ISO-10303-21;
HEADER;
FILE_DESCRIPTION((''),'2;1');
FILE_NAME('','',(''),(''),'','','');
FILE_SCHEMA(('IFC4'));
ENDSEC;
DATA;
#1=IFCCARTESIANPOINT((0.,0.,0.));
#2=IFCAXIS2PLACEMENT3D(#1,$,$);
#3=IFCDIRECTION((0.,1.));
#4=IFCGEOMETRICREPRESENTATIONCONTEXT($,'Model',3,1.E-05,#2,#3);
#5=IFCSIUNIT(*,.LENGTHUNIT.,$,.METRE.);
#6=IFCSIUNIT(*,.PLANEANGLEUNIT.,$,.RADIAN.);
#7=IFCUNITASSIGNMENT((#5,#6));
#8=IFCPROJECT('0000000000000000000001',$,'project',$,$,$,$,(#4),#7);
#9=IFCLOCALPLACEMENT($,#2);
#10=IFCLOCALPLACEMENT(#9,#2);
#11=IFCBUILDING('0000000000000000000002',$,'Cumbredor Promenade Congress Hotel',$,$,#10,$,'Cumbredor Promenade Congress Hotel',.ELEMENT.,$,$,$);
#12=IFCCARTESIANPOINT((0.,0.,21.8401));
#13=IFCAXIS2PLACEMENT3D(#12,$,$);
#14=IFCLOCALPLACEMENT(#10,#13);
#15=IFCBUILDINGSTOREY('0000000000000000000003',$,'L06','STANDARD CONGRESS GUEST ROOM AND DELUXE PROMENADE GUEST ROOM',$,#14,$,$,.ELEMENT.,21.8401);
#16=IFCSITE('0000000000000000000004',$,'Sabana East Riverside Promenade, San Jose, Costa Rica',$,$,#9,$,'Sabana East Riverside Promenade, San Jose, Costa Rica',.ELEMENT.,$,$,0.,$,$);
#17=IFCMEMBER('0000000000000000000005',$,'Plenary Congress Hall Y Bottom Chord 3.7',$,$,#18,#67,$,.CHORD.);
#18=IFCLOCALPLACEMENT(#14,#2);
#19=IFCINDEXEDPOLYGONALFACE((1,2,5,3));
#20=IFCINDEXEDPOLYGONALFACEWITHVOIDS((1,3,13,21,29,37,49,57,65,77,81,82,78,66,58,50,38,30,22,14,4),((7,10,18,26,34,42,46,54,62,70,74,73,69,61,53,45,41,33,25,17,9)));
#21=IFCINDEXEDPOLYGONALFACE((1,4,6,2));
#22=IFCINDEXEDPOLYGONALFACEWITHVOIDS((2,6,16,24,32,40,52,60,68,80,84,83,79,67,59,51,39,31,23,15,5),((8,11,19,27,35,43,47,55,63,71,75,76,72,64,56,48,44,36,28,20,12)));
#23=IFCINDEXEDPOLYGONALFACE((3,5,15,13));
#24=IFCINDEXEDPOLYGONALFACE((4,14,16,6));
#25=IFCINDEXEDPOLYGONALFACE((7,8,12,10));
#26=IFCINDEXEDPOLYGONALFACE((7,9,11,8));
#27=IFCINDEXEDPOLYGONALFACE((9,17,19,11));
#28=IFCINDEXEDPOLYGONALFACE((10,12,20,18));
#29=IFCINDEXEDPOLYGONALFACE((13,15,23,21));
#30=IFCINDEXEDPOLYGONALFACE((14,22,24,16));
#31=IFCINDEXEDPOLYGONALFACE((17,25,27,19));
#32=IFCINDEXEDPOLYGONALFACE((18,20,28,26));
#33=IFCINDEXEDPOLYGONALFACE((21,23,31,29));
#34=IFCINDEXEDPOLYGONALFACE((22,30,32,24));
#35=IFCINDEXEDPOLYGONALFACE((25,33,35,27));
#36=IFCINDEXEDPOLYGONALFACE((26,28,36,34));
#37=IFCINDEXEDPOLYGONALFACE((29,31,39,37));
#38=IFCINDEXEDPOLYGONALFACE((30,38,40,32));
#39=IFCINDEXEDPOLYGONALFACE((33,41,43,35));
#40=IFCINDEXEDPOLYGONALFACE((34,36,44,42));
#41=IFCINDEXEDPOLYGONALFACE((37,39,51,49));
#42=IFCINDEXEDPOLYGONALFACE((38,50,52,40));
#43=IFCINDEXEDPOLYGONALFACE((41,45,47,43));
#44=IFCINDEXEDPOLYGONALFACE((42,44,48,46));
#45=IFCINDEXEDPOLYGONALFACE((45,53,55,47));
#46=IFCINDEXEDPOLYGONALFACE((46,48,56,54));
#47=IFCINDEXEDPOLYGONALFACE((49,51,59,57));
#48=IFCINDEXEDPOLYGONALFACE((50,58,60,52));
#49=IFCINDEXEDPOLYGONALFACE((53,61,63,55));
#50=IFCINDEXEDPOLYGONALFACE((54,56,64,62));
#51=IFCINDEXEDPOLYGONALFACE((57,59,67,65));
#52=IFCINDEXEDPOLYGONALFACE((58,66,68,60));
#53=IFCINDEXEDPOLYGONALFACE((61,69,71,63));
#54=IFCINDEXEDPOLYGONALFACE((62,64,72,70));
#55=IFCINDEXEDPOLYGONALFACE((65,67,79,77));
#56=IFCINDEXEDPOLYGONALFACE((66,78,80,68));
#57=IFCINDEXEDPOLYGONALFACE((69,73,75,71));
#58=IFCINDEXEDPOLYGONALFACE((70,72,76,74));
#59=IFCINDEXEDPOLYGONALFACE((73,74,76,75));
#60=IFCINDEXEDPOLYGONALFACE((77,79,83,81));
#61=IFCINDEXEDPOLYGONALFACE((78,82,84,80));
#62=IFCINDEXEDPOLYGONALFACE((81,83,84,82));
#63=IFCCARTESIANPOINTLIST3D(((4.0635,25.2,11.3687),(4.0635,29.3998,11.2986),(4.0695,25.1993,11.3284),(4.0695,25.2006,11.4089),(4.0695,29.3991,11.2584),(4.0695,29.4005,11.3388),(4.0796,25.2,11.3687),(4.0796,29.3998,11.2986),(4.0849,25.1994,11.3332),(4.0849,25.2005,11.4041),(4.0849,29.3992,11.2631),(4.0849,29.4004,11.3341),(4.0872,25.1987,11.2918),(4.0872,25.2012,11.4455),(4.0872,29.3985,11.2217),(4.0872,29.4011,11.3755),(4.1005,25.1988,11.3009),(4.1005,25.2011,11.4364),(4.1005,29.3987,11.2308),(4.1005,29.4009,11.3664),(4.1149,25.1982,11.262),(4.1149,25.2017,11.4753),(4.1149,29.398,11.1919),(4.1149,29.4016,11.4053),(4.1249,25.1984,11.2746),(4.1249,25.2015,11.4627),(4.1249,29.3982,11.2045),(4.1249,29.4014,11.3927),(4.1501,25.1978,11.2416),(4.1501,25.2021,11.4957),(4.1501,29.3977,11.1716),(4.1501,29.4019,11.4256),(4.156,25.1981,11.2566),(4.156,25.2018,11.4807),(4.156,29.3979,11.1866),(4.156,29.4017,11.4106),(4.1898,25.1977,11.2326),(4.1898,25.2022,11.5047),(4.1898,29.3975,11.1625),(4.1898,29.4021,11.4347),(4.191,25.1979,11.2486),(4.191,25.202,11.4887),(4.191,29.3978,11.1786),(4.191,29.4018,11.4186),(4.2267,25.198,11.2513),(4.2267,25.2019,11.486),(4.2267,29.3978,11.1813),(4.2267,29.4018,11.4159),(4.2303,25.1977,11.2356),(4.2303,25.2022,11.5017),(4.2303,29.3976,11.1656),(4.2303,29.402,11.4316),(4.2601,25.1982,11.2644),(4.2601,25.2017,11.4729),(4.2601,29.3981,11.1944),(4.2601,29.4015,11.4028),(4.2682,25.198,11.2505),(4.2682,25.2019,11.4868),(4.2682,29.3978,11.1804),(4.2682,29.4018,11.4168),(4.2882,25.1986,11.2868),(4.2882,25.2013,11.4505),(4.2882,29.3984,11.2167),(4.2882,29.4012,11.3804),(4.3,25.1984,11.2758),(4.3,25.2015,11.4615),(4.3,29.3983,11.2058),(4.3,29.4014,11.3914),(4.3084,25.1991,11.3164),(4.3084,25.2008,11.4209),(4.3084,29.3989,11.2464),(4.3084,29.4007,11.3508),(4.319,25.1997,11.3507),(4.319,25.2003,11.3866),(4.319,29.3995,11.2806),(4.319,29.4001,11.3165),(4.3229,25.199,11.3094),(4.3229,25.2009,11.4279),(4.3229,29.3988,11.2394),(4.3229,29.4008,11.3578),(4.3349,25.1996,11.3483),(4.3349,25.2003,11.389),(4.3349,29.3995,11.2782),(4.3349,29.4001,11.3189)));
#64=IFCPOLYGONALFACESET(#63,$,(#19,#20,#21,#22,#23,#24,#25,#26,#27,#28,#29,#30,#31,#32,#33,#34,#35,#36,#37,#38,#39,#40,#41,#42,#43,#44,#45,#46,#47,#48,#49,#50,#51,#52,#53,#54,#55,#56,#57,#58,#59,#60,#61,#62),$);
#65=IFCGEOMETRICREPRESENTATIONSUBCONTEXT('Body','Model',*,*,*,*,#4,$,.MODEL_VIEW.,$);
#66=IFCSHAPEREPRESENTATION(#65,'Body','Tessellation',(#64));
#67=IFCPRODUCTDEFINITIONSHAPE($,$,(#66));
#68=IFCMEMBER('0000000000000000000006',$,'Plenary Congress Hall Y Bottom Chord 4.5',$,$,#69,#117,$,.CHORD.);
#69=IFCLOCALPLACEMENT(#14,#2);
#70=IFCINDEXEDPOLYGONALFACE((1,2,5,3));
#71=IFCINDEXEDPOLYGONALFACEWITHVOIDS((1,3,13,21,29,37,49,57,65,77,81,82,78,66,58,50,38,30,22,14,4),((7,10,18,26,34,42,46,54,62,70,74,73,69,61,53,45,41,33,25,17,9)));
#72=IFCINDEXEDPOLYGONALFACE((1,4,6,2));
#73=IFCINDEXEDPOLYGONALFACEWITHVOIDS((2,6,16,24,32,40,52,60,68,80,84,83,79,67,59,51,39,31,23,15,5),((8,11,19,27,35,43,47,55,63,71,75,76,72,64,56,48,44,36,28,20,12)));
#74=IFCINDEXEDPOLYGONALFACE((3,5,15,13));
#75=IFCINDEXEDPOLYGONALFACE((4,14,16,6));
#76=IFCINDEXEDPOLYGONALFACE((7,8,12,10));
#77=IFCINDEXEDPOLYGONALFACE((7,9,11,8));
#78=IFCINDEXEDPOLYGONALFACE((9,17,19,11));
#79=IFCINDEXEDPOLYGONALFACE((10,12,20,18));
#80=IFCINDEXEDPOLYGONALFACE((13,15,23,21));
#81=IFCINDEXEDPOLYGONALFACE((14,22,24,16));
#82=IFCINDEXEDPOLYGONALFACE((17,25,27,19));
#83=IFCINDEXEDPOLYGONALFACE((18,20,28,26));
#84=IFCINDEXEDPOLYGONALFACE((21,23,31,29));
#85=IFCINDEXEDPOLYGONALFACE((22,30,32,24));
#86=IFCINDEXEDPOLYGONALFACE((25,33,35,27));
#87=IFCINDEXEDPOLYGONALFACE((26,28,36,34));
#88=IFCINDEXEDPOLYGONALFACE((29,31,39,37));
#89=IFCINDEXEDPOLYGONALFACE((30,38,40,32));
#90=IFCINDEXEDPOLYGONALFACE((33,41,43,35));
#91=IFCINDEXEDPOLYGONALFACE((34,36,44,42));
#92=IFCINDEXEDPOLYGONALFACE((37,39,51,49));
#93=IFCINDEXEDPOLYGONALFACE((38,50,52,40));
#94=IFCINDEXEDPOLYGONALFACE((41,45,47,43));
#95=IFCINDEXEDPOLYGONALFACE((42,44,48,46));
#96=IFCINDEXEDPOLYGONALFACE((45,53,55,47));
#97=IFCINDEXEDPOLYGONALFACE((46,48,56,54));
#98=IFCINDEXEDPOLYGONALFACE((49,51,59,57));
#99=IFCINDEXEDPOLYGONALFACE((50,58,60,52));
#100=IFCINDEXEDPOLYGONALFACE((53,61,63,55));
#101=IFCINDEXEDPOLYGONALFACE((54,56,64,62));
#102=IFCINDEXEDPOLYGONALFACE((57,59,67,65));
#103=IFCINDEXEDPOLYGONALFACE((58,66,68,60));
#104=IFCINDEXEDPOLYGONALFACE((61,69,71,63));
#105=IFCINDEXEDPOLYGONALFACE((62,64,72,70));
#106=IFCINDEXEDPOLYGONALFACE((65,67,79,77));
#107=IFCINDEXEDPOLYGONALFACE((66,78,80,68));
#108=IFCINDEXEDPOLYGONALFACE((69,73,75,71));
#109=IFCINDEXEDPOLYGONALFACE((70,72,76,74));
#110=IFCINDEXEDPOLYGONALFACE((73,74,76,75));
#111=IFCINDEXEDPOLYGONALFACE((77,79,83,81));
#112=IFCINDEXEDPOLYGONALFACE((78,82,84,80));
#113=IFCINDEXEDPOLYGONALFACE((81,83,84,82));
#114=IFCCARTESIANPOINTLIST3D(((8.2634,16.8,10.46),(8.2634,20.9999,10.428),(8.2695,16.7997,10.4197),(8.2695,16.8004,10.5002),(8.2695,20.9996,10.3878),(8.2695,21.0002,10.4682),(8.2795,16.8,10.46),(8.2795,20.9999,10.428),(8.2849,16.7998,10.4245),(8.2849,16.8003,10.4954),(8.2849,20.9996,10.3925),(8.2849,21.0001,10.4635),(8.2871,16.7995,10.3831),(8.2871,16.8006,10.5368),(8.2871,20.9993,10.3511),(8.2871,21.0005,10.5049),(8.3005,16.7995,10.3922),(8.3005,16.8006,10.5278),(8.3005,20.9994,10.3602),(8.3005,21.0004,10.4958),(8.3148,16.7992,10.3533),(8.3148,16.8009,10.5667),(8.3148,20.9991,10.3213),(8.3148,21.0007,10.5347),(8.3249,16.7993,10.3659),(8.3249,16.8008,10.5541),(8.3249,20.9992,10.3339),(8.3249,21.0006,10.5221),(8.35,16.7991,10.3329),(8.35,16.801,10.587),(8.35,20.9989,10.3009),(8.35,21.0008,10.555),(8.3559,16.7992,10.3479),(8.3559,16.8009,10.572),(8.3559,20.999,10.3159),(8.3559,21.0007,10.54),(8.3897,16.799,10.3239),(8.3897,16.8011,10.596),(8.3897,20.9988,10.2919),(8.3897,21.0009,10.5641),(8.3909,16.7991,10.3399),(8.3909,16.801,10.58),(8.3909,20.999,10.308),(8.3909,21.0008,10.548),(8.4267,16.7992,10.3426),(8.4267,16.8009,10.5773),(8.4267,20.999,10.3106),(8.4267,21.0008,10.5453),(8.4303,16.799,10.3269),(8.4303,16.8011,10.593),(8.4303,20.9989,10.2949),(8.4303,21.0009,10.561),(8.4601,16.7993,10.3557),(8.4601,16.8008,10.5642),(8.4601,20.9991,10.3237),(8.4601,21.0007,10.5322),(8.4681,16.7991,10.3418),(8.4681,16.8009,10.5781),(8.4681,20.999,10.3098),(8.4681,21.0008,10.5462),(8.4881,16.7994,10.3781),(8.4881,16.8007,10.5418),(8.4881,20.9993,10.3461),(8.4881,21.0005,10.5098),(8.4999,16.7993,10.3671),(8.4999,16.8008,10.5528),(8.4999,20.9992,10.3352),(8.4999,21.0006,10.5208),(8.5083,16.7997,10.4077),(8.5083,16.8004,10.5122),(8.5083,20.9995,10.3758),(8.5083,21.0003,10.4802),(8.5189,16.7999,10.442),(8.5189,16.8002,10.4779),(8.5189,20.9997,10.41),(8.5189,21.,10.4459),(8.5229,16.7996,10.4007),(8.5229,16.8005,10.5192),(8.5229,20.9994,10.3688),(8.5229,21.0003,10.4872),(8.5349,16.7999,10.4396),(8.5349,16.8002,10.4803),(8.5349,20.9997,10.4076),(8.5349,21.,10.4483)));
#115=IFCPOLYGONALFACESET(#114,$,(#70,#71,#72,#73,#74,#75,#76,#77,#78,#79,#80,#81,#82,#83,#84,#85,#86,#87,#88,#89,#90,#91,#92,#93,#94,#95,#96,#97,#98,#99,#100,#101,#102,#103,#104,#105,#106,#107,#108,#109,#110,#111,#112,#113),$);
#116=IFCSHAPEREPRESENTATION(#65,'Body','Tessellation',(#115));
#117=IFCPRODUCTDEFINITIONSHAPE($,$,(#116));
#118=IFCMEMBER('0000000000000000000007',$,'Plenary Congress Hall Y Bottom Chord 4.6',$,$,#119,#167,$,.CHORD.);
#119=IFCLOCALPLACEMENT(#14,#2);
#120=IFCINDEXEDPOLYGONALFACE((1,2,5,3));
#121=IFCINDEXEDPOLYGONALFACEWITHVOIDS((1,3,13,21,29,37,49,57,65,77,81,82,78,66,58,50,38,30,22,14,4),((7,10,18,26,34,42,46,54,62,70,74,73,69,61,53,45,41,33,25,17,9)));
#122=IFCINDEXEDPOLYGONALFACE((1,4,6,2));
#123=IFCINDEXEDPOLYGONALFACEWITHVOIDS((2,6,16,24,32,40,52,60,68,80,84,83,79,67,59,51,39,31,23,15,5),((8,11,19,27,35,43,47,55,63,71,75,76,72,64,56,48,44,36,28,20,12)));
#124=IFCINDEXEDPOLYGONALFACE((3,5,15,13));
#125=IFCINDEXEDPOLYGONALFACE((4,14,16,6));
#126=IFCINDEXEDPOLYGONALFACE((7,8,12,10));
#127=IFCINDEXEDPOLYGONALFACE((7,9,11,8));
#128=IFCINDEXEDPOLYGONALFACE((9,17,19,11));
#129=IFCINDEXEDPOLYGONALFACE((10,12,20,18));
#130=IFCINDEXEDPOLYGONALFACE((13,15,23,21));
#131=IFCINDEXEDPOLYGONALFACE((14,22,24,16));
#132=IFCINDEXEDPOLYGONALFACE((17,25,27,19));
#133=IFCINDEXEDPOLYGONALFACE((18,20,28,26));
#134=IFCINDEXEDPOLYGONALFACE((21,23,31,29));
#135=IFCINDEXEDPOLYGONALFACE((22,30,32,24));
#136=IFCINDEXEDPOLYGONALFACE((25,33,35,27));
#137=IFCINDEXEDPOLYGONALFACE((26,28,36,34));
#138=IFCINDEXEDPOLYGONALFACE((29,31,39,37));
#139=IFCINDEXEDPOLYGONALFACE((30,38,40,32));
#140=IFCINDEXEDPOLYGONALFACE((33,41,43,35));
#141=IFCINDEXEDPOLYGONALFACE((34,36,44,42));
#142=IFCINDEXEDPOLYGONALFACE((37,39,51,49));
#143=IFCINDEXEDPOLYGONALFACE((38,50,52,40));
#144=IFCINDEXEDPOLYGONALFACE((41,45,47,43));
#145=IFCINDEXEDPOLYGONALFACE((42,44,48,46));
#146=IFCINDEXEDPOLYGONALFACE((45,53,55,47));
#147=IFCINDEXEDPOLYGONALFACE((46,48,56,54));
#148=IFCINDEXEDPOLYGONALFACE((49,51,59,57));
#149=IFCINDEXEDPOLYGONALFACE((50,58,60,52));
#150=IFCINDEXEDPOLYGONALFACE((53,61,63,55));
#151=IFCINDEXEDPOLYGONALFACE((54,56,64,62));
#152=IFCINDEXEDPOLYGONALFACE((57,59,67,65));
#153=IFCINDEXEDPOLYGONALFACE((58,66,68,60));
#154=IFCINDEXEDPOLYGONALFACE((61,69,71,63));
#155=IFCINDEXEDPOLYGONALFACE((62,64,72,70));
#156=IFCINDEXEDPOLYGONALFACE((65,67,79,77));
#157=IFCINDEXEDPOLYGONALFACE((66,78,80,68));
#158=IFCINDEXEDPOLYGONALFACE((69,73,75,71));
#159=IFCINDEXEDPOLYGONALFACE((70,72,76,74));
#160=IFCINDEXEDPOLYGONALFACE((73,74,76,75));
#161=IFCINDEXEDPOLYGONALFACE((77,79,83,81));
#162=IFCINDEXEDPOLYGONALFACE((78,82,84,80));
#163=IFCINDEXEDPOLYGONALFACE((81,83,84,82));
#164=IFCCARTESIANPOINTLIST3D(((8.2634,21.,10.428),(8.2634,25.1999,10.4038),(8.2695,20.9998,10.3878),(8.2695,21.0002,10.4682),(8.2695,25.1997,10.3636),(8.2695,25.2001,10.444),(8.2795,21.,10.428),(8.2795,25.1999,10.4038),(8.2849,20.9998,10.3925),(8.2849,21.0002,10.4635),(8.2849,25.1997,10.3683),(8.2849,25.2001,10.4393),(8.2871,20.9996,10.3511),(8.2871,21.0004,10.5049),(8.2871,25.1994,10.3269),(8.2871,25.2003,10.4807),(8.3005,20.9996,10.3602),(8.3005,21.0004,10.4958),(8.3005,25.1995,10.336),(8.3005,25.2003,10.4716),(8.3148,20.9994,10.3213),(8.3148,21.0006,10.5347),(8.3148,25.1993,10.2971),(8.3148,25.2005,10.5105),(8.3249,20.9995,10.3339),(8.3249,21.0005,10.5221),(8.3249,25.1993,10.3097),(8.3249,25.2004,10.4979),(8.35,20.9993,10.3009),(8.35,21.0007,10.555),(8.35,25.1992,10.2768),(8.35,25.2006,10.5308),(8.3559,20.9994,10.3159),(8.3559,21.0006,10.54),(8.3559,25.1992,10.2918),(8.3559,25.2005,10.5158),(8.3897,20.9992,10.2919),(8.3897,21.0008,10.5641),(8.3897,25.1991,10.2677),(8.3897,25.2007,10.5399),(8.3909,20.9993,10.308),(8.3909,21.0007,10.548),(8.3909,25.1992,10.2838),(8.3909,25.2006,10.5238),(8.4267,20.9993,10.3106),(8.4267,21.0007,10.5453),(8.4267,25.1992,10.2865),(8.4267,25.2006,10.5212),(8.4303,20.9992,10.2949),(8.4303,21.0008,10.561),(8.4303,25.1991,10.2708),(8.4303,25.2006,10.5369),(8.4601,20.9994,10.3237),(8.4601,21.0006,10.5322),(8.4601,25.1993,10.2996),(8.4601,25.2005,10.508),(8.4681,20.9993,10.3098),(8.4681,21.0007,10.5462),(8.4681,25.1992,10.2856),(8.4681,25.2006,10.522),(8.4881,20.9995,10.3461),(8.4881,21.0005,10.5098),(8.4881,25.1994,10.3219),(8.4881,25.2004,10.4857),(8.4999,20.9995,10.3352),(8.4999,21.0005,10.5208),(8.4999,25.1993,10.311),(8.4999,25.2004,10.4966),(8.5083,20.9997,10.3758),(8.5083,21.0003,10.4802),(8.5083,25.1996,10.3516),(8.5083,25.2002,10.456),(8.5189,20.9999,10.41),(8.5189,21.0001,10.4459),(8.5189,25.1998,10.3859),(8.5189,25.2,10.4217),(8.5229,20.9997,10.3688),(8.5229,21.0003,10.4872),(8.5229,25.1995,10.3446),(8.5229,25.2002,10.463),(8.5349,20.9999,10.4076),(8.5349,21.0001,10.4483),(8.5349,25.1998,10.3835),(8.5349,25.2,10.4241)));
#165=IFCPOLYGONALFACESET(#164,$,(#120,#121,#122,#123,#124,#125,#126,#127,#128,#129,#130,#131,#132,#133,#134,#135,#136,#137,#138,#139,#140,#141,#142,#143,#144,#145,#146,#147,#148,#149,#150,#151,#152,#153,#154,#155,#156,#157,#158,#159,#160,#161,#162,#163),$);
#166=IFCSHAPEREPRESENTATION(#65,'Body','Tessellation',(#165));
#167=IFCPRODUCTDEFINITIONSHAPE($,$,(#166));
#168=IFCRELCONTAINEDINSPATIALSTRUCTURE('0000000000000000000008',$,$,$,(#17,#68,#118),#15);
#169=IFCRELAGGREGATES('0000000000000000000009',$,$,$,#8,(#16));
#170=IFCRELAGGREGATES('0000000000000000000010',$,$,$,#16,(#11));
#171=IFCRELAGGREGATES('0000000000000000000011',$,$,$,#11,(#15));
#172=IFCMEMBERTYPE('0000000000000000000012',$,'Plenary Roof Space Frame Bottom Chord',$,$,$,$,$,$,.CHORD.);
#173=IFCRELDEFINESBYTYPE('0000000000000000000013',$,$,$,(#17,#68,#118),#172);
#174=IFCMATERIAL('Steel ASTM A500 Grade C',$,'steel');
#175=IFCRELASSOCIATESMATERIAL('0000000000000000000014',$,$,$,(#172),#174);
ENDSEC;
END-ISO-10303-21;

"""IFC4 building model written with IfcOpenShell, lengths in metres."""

from ifc_helpers import new_model, si_unit, direction, frame, origin, origin_2d, place, context, subcontext, project, spatial, hollow_circle, extrude, material, material_profile, profile_set, type_object, element, save


model = new_model("IFC4")

# Units and contexts
model_context = context("Model", 3, precision=1e-05, world=origin(), true_north=direction((0.0, 1.0)))
body_context = subcontext(model_context, "Body", "Model", "MODEL_VIEW")
ifc_project = project(units=[si_unit("LENGTHUNIT", "METRE"), si_unit("PLANEANGLEUNIT", "RADIAN")], contexts=[model_context])

# Site, building, storey
site_placement = place(None, origin())
site = spatial("IfcSite", under=ifc_project, at=site_placement, Name="Sabana East Riverside Promenade, San Jose, Costa Rica", LongName="Sabana East Riverside Promenade, San Jose, Costa Rica", CompositionType="ELEMENT", RefElevation=0.0)
building_placement = place(site_placement, origin())
building = spatial("IfcBuilding", under=site, at=building_placement, Name="Cumbredor Promenade Congress Hotel", LongName="Cumbredor Promenade Congress Hotel", CompositionType="ELEMENT")
storey_placement = place(building_placement, frame((0.0, 0.0, 21.8401)))
storey = spatial("IfcBuildingStorey", under=building, at=storey_placement, Name="L06", Description="STANDARD CONGRESS GUEST ROOM AND DELUXE PROMENADE GUEST ROOM", CompositionType="ELEMENT", Elevation=21.8401)

# Members
ifc_material_1 = material(Name="Steel ASTM A500 Grade C", Category="steel")
ifc_material_profile_1 = material_profile(ifc_material_1, hollow_circle(Radius=0.1365, WallThickness=0.0161, at=origin_2d()), Name="CHS 273.0x16")
ifc_profile_set_1 = profile_set([ifc_material_profile_1], Name="Steel ASTM A500 Grade C")
member_type_1 = type_object("IfcMemberType", Name="Plenary Roof Space Frame Bottom Chord", PredefinedType="CHORD", material=ifc_profile_set_1)
member_1_placement = place(storey_placement, frame((4.2, 25.2, 11.3687), z_axis=(0.0, 0.999861, -0.016681), x_axis=(-1.0, 0.0, 0.0)))
element("IfcMember", 1, at=member_1_placement, inside=storey, type_object=member_type_1, Name="Plenary Congress Hall Y Bottom Chord 3.7", PredefinedType="CHORD", context=body_context, shape_type="SweptSolid", body=[
    extrude(hollow_circle(Radius=0.1365, WallThickness=0.0161, at=origin_2d()), origin(), (0.0, 0.0, 1.0), 4.2004),
])
for number, where, z_axis, x_axis, name in (
    (2, (8.3999, 16.8, 10.46), (0.0, 0.999971, -0.007615), (-1.0, 0.0, 0.0), "Plenary Congress Hall Y Bottom Chord 4.5"),
    (3, (8.3999, 21.0, 10.428), (0.0, 0.999983, -0.005755), (-1.0, 0.0, 0.0), "Plenary Congress Hall Y Bottom Chord 4.6"),
):
    element("IfcMember", number, at=place(storey_placement, frame(where, z_axis=z_axis, x_axis=x_axis)), inside=storey, type_object=member_type_1, Name=name, PredefinedType="CHORD", context=body_context, shape_type="SweptSolid", body=[
        extrude(hollow_circle(Radius=0.1365, WallThickness=0.0161, at=origin_2d()), origin(), (0.0, 0.0, 1.0), 4.2),
    ])

save(model, "model.ifc")
